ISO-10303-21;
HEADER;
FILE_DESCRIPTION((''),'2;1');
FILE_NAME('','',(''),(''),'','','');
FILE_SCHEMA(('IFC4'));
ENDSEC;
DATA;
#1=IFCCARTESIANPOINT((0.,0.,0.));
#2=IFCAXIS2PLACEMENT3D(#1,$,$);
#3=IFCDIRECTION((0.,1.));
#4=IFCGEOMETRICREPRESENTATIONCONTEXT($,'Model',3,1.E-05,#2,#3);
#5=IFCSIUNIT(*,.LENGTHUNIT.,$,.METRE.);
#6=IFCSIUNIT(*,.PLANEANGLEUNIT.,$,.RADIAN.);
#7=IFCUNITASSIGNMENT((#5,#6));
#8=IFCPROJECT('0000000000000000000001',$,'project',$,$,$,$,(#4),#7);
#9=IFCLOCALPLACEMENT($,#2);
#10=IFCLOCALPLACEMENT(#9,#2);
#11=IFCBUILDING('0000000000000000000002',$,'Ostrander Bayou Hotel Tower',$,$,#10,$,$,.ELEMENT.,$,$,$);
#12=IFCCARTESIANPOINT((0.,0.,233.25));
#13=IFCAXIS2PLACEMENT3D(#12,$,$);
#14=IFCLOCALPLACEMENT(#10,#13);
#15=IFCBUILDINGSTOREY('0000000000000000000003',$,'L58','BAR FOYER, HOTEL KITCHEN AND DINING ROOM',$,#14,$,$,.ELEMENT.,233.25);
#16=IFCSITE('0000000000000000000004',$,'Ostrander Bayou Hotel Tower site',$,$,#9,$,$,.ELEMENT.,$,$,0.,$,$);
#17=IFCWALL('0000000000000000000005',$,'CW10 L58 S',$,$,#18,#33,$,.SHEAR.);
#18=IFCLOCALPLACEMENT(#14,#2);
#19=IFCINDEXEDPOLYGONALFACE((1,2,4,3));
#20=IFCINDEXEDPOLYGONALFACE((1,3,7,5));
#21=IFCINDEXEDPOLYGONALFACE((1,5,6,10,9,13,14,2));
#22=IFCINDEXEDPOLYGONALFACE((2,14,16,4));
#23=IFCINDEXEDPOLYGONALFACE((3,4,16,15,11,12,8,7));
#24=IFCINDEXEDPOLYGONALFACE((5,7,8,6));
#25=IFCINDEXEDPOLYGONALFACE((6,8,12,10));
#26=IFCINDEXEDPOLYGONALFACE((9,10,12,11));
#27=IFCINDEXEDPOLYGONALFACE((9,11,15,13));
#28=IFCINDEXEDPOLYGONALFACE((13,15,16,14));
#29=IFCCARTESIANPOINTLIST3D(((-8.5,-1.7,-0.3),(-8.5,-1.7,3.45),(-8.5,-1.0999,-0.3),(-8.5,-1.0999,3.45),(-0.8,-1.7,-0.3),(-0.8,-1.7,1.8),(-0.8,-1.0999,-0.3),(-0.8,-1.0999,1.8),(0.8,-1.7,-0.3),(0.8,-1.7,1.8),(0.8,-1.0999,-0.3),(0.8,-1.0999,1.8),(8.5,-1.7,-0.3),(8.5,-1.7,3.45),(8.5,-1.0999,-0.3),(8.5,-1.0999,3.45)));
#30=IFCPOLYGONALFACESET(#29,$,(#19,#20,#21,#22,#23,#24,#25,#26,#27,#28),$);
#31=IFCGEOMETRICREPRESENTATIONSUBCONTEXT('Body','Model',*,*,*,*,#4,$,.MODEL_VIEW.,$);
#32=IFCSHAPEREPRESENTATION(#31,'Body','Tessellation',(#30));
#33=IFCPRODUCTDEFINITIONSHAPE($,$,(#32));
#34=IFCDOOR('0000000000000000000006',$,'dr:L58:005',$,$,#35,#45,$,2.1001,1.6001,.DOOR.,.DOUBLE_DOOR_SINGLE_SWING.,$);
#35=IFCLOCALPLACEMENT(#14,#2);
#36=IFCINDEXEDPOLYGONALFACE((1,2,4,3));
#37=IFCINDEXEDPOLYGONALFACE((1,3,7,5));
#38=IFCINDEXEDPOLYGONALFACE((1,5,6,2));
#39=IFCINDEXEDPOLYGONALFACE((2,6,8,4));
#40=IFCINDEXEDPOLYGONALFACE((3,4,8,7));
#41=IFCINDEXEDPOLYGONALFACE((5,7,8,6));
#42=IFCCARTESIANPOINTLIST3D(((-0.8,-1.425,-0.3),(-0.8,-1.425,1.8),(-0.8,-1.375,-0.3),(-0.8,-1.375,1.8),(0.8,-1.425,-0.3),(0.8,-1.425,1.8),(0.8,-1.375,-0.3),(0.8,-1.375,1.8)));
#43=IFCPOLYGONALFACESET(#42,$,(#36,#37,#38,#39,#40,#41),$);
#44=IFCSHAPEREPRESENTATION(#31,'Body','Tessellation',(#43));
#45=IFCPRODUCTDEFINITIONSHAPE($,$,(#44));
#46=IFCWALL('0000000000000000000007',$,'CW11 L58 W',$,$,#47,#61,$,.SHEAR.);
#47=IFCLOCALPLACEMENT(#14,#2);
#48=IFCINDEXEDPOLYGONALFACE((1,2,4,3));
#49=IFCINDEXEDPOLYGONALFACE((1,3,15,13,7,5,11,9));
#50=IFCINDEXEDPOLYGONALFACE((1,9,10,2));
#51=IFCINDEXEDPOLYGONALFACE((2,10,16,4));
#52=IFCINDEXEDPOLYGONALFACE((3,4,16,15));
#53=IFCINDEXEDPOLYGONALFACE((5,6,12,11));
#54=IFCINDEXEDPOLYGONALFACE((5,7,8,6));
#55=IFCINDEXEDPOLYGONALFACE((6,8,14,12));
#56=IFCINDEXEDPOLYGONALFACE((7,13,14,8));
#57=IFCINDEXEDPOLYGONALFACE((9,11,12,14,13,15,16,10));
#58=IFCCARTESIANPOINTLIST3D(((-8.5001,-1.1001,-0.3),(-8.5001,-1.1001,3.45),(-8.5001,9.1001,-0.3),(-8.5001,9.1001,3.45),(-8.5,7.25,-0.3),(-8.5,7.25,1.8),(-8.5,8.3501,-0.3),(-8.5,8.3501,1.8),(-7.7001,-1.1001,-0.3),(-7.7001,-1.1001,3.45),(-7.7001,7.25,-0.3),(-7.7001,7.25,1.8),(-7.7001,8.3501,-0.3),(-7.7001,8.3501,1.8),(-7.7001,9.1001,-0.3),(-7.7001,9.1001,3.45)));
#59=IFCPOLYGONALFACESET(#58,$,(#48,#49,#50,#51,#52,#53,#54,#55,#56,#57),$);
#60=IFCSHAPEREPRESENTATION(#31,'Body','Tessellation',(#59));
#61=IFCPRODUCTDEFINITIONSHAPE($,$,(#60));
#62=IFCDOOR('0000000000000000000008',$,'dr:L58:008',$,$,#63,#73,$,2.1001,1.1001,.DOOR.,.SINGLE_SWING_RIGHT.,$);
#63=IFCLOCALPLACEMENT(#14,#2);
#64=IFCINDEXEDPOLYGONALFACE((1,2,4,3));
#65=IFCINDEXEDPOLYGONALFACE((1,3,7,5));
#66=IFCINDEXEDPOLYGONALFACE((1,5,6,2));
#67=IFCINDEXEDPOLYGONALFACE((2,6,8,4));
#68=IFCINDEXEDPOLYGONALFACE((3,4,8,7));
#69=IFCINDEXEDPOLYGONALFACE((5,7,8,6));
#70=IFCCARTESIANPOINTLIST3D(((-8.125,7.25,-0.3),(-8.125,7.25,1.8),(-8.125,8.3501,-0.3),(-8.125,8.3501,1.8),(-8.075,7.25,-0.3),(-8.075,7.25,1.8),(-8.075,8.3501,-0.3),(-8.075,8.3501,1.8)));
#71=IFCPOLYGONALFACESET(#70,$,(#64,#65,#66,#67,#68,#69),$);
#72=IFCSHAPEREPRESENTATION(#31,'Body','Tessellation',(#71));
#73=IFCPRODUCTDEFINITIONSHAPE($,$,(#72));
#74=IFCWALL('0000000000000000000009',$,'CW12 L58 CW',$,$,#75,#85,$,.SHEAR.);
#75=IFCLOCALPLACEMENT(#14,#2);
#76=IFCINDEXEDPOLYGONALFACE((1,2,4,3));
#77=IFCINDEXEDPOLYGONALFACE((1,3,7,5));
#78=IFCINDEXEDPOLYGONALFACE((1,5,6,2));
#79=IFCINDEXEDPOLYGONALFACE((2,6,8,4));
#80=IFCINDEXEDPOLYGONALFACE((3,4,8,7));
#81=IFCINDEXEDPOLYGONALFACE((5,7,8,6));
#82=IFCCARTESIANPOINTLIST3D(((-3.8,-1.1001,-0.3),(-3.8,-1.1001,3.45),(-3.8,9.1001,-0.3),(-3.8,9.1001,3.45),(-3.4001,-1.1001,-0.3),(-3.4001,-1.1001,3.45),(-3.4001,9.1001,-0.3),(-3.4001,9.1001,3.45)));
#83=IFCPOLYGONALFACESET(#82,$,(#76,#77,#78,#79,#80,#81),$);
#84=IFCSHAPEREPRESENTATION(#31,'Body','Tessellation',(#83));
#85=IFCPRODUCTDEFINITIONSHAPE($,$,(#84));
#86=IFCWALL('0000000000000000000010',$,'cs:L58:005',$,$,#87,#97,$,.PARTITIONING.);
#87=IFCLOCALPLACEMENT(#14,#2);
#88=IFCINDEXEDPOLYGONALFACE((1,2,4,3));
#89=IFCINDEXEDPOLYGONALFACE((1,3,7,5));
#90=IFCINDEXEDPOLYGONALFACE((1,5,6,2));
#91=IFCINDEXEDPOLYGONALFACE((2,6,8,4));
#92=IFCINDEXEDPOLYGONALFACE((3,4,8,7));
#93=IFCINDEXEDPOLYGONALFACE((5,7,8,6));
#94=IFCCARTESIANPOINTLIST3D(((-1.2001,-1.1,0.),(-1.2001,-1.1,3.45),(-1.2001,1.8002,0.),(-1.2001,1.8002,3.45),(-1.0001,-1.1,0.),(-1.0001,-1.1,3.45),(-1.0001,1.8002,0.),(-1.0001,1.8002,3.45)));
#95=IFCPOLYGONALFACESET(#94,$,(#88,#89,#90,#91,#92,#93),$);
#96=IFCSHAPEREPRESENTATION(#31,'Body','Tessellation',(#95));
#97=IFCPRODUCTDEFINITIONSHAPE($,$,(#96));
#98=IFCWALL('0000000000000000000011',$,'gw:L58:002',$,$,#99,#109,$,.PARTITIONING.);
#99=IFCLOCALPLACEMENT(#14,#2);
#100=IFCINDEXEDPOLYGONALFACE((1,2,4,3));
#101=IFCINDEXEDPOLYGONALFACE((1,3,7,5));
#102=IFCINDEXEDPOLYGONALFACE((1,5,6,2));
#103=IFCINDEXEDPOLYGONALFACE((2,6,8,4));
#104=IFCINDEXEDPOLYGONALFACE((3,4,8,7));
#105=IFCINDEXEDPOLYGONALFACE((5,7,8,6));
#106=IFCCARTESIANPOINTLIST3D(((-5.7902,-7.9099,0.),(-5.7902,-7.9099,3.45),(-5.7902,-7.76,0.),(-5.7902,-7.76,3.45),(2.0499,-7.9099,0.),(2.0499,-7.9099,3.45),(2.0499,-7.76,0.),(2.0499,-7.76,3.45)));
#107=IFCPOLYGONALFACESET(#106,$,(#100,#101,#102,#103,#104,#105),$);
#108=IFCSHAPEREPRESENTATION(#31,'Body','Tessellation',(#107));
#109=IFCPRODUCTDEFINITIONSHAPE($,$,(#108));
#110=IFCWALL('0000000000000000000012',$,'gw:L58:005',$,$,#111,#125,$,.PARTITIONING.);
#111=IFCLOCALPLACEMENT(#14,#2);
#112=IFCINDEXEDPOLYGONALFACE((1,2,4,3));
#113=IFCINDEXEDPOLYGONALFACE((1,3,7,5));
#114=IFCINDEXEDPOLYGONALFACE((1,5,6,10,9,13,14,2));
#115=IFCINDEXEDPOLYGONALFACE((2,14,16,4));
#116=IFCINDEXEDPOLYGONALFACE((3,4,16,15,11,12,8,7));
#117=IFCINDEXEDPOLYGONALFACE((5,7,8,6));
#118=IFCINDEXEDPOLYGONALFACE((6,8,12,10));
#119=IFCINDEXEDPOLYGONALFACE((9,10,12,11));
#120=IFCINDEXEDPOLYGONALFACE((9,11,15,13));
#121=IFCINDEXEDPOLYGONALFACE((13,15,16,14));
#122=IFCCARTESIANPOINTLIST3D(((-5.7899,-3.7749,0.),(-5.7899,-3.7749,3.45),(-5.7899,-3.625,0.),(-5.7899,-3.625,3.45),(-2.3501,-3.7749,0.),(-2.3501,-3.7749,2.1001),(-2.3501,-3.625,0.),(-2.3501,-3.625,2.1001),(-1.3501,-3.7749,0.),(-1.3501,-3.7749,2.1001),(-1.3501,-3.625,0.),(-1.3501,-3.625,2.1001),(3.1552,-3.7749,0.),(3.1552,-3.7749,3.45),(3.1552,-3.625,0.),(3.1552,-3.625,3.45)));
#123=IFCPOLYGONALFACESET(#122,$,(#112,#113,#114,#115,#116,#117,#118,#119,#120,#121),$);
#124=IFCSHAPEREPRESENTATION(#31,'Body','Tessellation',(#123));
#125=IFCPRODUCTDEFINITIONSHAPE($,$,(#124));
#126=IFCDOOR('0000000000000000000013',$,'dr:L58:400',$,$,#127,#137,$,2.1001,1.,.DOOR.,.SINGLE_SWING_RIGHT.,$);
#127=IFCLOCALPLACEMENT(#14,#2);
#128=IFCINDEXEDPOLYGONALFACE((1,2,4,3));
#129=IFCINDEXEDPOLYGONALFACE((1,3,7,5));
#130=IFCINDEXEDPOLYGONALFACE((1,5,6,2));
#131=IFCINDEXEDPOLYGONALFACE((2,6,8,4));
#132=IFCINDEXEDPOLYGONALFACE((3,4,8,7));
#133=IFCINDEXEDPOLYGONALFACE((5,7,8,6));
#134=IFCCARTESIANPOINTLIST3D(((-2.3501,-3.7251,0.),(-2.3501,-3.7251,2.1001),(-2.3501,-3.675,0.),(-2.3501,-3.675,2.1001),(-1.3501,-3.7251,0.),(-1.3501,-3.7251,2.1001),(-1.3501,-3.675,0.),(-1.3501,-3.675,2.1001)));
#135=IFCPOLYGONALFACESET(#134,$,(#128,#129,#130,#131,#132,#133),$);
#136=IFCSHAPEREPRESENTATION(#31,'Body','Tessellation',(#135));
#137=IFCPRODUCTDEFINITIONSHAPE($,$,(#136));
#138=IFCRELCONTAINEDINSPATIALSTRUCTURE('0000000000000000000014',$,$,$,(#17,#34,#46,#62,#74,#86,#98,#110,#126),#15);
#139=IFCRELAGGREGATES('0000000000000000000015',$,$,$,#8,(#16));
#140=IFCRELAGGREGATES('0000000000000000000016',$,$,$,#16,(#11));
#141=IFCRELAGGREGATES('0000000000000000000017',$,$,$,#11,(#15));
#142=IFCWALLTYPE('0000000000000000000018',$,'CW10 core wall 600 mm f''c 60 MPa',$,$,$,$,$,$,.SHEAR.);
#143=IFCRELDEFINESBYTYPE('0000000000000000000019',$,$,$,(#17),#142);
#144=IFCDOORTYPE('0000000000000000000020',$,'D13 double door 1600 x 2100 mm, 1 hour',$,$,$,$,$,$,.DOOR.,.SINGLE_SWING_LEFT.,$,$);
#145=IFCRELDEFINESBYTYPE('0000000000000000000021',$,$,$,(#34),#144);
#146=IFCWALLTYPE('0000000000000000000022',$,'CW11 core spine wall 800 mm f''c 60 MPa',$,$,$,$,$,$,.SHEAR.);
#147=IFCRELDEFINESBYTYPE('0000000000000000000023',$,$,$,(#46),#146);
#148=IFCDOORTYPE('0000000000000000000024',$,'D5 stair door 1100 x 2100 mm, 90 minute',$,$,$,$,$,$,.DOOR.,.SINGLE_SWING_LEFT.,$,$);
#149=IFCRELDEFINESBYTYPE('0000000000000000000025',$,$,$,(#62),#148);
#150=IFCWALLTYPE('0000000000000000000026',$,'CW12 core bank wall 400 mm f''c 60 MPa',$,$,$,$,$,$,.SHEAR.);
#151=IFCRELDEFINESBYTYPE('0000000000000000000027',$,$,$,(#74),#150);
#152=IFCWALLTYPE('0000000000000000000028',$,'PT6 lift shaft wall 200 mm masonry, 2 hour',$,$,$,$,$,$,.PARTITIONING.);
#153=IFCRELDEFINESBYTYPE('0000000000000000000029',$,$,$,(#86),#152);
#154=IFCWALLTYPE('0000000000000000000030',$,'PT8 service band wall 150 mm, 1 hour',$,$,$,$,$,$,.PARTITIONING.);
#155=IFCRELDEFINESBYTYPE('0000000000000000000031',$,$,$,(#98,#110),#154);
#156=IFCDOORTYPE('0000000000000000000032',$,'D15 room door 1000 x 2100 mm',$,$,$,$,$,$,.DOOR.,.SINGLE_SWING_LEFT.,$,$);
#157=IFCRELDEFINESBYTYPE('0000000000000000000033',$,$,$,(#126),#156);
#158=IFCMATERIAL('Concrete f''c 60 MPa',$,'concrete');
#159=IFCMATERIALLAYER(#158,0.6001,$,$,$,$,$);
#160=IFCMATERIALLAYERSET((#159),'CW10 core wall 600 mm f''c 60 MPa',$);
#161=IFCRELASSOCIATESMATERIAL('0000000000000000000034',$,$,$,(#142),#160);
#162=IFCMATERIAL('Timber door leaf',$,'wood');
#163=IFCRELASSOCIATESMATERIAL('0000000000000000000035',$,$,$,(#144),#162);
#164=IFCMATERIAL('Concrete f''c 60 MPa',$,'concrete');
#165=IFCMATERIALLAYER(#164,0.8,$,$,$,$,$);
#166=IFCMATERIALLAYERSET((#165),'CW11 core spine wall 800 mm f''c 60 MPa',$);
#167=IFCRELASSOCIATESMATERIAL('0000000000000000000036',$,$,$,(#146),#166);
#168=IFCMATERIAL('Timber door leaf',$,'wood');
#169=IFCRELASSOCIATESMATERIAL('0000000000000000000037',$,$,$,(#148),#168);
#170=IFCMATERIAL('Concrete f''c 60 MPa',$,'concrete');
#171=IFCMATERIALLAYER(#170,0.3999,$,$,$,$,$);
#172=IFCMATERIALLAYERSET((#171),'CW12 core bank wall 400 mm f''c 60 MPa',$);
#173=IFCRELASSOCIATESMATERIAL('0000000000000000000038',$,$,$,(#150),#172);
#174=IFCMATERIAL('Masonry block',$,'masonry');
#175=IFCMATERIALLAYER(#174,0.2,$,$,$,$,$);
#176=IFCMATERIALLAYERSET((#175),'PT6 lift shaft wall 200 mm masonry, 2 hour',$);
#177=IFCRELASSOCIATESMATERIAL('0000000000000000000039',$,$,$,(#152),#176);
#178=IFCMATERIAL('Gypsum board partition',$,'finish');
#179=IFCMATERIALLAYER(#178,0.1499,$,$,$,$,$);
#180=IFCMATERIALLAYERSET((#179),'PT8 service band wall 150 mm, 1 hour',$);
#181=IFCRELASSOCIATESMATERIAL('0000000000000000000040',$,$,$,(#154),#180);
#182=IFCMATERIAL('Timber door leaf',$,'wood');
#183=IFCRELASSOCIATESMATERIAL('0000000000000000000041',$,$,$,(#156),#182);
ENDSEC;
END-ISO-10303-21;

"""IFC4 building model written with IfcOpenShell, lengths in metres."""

from ifc_helpers import new_model, si_unit, direction, frame, frame_2d, origin, place, context, subcontext, project, spatial, rectangle, extrude, material, layer, layer_set, type_object, element, fill, save


model = new_model("IFC4")

# Units and contexts
model_context = context("Model", 3, precision=1e-05, world=origin(), true_north=direction((0.0, 1.0)))
body_context = subcontext(model_context, "Body", "Model", "MODEL_VIEW")
ifc_project = project(units=[si_unit("LENGTHUNIT", "METRE"), si_unit("PLANEANGLEUNIT", "RADIAN")], contexts=[model_context])

# Site, building, storey
site_placement = place(None, origin())
site = spatial("IfcSite", under=ifc_project, at=site_placement, Name="Ostrander Bayou Hotel Tower site", CompositionType="ELEMENT", RefElevation=0.0)
building_placement = place(site_placement, origin())
building = spatial("IfcBuilding", under=site, at=building_placement, Name="Ostrander Bayou Hotel Tower", CompositionType="ELEMENT")
storey_placement = place(building_placement, frame((0.0, 0.0, 233.25)))
storey = spatial("IfcBuildingStorey", under=building, at=storey_placement, Name="L58", Description="BAR FOYER, HOTEL KITCHEN AND DINING ROOM", CompositionType="ELEMENT", Elevation=233.25)

# Walls, openings, doors
ifc_material_1 = material(Name="Concrete f'c 60 MPa", Category="concrete")
ifc_layer_1 = layer(ifc_material_1, 0.6001)
ifc_layer_set_1 = layer_set([ifc_layer_1], Name="CW10 core wall 600 mm f'c 60 MPa")
wall_type_1 = type_object("IfcWallType", Name="CW10 core wall 600 mm f'c 60 MPa", PredefinedType="SHEAR", material=ifc_layer_set_1)
wall_1_placement = place(storey_placement, frame((-8.5, -1.3999, -0.3), z_axis=(0.0, 0.0, 1.0), x_axis=(1.0, 0.0, 0.0)))
wall_1 = element("IfcWall", 1, at=wall_1_placement, inside=storey, type_object=wall_type_1, Name="CW10 L58 S", PredefinedType="SHEAR", context=body_context, shape_type="SweptSolid", body=[
    extrude(rectangle(XDim=17.0, YDim=0.6001, at=frame_2d((8.5, 0.0))), origin(), (0.0, 0.0, 1.0), 3.75),
])
opening_1_placement = place(wall_1_placement, frame((7.7, 0.0, 0.0)))
opening_1 = element("IfcOpeningElement", 2, at=opening_1_placement, cuts=wall_1, PredefinedType="OPENING", context=body_context, shape_type="SweptSolid", body=[
    extrude(rectangle(XDim=1.6001, YDim=2.1001, at=frame_2d((0.8, 1.05))), frame((0.0, 0.3, 0.0), z_axis=(0.0, -1.0, 0.0), x_axis=(1.0, 0.0, 0.0)), (0.0, 0.0, 1.0), 0.6001),
])
ifc_material_2 = material(Name="Timber door leaf", Category="wood")
door_type_1 = type_object("IfcDoorType", Name="D13 double door 1600 x 2100 mm, 1 hour", OperationType="SINGLE_SWING_LEFT", PredefinedType="DOOR", material=ifc_material_2)
door_1_placement = place(opening_1_placement, origin())
door_1 = element("IfcDoor", 3, at=door_1_placement, inside=storey, type_object=door_type_1, Name="dr:L58:005", OperationType="DOUBLE_DOOR_SINGLE_SWING", OverallHeight=2.1001, OverallWidth=1.6001, PredefinedType="DOOR", context=body_context, shape_type="SweptSolid", body=[
    extrude(rectangle(XDim=1.6001, YDim=2.1001, at=frame_2d((0.8, 1.05))), frame((0.0, 0.0249, 0.0), z_axis=(0.0, -1.0, 0.0), x_axis=(1.0, 0.0, 0.0)), (0.0, 0.0, 1.0), 0.05),
])
fill(opening_1, door_1)
ifc_material_3 = material(Name="Concrete f'c 60 MPa", Category="concrete")
ifc_layer_2 = layer(ifc_material_3, 0.8)
ifc_layer_set_2 = layer_set([ifc_layer_2], Name="CW11 core spine wall 800 mm f'c 60 MPa")
wall_type_2 = type_object("IfcWallType", Name="CW11 core spine wall 800 mm f'c 60 MPa", PredefinedType="SHEAR", material=ifc_layer_set_2)
wall_2_placement = place(storey_placement, frame((-8.1001, -1.1001, -0.3), z_axis=(0.0, 0.0, 1.0), x_axis=(0.0, 1.0, 0.0)))
wall_2 = element("IfcWall", 4, at=wall_2_placement, inside=storey, type_object=wall_type_2, Name="CW11 L58 W", PredefinedType="SHEAR", context=body_context, shape_type="SweptSolid", body=[
    extrude(rectangle(XDim=10.2002, YDim=0.8, at=frame_2d((5.1001, 0.0))), origin(), (0.0, 0.0, 1.0), 3.75),
])
opening_2_placement = place(wall_2_placement, frame((8.3501, 0.0, 0.0)))
opening_2 = element("IfcOpeningElement", 5, at=opening_2_placement, cuts=wall_2, PredefinedType="OPENING", context=body_context, shape_type="SweptSolid", body=[
    extrude(rectangle(XDim=1.1001, YDim=2.1001, at=frame_2d((0.55, 1.05))), frame((0.0, 0.3999, 0.0), z_axis=(0.0, -1.0, 0.0), x_axis=(1.0, 0.0, 0.0)), (0.0, 0.0, 1.0), 0.8),
])
ifc_material_4 = material(Name="Timber door leaf", Category="wood")
door_type_2 = type_object("IfcDoorType", Name="D5 stair door 1100 x 2100 mm, 90 minute", OperationType="SINGLE_SWING_LEFT", PredefinedType="DOOR", material=ifc_material_4)
door_2_placement = place(opening_2_placement, origin())
door_2 = element("IfcDoor", 6, at=door_2_placement, inside=storey, type_object=door_type_2, Name="dr:L58:008", OperationType="SINGLE_SWING_RIGHT", OverallHeight=2.1001, OverallWidth=1.1001, PredefinedType="DOOR", context=body_context, shape_type="SweptSolid", body=[
    extrude(rectangle(XDim=1.1001, YDim=2.1001, at=frame_2d((0.55, 1.05))), frame((0.0, 0.0249, 0.0), z_axis=(0.0, -1.0, 0.0), x_axis=(1.0, 0.0, 0.0)), (0.0, 0.0, 1.0), 0.05),
])
fill(opening_2, door_2)

# Walls
ifc_material_5 = material(Name="Concrete f'c 60 MPa", Category="concrete")
ifc_layer_3 = layer(ifc_material_5, 0.3999)
ifc_layer_set_3 = layer_set([ifc_layer_3], Name="CW12 core bank wall 400 mm f'c 60 MPa")
wall_type_3 = type_object("IfcWallType", Name="CW12 core bank wall 400 mm f'c 60 MPa", PredefinedType="SHEAR", material=ifc_layer_set_3)
wall_3_placement = place(storey_placement, frame((-3.6001, -1.1001, -0.3), z_axis=(0.0, 0.0, 1.0), x_axis=(0.0, 1.0, 0.0)))
element("IfcWall", 7, at=wall_3_placement, inside=storey, type_object=wall_type_3, Name="CW12 L58 CW", PredefinedType="SHEAR", context=body_context, shape_type="SweptSolid", body=[
    extrude(rectangle(XDim=10.2002, YDim=0.3999, at=frame_2d((5.1001, 0.0))), origin(), (0.0, 0.0, 1.0), 3.75),
])
ifc_material_6 = material(Name="Masonry block", Category="masonry")
ifc_layer_4 = layer(ifc_material_6, 0.2)
ifc_layer_set_4 = layer_set([ifc_layer_4], Name="PT6 lift shaft wall 200 mm masonry, 2 hour")
wall_type_4 = type_object("IfcWallType", Name="PT6 lift shaft wall 200 mm masonry, 2 hour", PredefinedType="PARTITIONING", material=ifc_layer_set_4)
wall_4_placement = place(storey_placement, frame((-1.1001, -1.1001, 0.0), z_axis=(0.0, 0.0, 1.0), x_axis=(0.0, 1.0, 0.0)))
element("IfcWall", 8, at=wall_4_placement, inside=storey, type_object=wall_type_4, Name="cs:L58:005", PredefinedType="PARTITIONING", context=body_context, shape_type="SweptSolid", body=[
    extrude(rectangle(XDim=2.9001, YDim=0.2, at=frame_2d((1.4502, 0.0))), origin(), (0.0, 0.0, 1.0), 3.45),
])
ifc_material_7 = material(Name="Gypsum board partition", Category="finish")
ifc_layer_5 = layer(ifc_material_7, 0.1499)
ifc_layer_set_5 = layer_set([ifc_layer_5], Name="PT8 service band wall 150 mm, 1 hour")
wall_type_5 = type_object("IfcWallType", Name="PT8 service band wall 150 mm, 1 hour", PredefinedType="PARTITIONING", material=ifc_layer_set_5)
wall_5_placement = place(storey_placement, frame((-5.79, -7.835, 0.0), z_axis=(0.0, 0.0, 1.0), x_axis=(1.0, 0.0, 0.0)))
element("IfcWall", 9, at=wall_5_placement, inside=storey, type_object=wall_type_5, Name="gw:L58:002", PredefinedType="PARTITIONING", context=body_context, shape_type="SweptSolid", body=[
    extrude(rectangle(XDim=7.8401, YDim=0.1499, at=frame_2d((3.9199, 0.0))), origin(), (0.0, 0.0, 1.0), 3.45),
])

# Wall, opening, door
wall_6_placement = place(storey_placement, frame((-5.79, -3.7, 0.0), z_axis=(0.0, 0.0, 1.0), x_axis=(1.0, 0.0, 0.0)))
wall_6 = element("IfcWall", 10, at=wall_6_placement, inside=storey, type_object=wall_type_5, Name="gw:L58:005", PredefinedType="PARTITIONING", context=body_context, shape_type="SweptSolid", body=[
    extrude(rectangle(XDim=8.9451, YDim=0.1499, at=frame_2d((4.4727, 0.0))), origin(), (0.0, 0.0, 1.0), 3.45),
])
opening_3_placement = place(wall_6_placement, frame((3.4399, 0.0, 0.0)))
opening_3 = element("IfcOpeningElement", 11, at=opening_3_placement, cuts=wall_6, PredefinedType="OPENING", context=body_context, shape_type="SweptSolid", body=[
    extrude(rectangle(XDim=1.0, YDim=2.1001, at=frame_2d((0.5, 1.05))), frame((0.0, 0.075, 0.0), z_axis=(0.0, -1.0, 0.0), x_axis=(1.0, 0.0, 0.0)), (0.0, 0.0, 1.0), 0.1499),
])
ifc_material_8 = material(Name="Timber door leaf", Category="wood")
door_type_3 = type_object("IfcDoorType", Name="D15 room door 1000 x 2100 mm", OperationType="SINGLE_SWING_LEFT", PredefinedType="DOOR", material=ifc_material_8)
door_3_placement = place(opening_3_placement, origin())
door_3 = element("IfcDoor", 12, at=door_3_placement, inside=storey, type_object=door_type_3, Name="dr:L58:400", OperationType="SINGLE_SWING_RIGHT", OverallHeight=2.1001, OverallWidth=1.0, PredefinedType="DOOR", context=body_context, shape_type="SweptSolid", body=[
    extrude(rectangle(XDim=1.0, YDim=2.1001, at=frame_2d((0.5, 1.05))), frame((0.0, 0.0249, 0.0), z_axis=(0.0, -1.0, 0.0), x_axis=(1.0, 0.0, 0.0)), (0.0, 0.0, 1.0), 0.05),
])
fill(opening_3, door_3)

save(model, "model.ifc")
